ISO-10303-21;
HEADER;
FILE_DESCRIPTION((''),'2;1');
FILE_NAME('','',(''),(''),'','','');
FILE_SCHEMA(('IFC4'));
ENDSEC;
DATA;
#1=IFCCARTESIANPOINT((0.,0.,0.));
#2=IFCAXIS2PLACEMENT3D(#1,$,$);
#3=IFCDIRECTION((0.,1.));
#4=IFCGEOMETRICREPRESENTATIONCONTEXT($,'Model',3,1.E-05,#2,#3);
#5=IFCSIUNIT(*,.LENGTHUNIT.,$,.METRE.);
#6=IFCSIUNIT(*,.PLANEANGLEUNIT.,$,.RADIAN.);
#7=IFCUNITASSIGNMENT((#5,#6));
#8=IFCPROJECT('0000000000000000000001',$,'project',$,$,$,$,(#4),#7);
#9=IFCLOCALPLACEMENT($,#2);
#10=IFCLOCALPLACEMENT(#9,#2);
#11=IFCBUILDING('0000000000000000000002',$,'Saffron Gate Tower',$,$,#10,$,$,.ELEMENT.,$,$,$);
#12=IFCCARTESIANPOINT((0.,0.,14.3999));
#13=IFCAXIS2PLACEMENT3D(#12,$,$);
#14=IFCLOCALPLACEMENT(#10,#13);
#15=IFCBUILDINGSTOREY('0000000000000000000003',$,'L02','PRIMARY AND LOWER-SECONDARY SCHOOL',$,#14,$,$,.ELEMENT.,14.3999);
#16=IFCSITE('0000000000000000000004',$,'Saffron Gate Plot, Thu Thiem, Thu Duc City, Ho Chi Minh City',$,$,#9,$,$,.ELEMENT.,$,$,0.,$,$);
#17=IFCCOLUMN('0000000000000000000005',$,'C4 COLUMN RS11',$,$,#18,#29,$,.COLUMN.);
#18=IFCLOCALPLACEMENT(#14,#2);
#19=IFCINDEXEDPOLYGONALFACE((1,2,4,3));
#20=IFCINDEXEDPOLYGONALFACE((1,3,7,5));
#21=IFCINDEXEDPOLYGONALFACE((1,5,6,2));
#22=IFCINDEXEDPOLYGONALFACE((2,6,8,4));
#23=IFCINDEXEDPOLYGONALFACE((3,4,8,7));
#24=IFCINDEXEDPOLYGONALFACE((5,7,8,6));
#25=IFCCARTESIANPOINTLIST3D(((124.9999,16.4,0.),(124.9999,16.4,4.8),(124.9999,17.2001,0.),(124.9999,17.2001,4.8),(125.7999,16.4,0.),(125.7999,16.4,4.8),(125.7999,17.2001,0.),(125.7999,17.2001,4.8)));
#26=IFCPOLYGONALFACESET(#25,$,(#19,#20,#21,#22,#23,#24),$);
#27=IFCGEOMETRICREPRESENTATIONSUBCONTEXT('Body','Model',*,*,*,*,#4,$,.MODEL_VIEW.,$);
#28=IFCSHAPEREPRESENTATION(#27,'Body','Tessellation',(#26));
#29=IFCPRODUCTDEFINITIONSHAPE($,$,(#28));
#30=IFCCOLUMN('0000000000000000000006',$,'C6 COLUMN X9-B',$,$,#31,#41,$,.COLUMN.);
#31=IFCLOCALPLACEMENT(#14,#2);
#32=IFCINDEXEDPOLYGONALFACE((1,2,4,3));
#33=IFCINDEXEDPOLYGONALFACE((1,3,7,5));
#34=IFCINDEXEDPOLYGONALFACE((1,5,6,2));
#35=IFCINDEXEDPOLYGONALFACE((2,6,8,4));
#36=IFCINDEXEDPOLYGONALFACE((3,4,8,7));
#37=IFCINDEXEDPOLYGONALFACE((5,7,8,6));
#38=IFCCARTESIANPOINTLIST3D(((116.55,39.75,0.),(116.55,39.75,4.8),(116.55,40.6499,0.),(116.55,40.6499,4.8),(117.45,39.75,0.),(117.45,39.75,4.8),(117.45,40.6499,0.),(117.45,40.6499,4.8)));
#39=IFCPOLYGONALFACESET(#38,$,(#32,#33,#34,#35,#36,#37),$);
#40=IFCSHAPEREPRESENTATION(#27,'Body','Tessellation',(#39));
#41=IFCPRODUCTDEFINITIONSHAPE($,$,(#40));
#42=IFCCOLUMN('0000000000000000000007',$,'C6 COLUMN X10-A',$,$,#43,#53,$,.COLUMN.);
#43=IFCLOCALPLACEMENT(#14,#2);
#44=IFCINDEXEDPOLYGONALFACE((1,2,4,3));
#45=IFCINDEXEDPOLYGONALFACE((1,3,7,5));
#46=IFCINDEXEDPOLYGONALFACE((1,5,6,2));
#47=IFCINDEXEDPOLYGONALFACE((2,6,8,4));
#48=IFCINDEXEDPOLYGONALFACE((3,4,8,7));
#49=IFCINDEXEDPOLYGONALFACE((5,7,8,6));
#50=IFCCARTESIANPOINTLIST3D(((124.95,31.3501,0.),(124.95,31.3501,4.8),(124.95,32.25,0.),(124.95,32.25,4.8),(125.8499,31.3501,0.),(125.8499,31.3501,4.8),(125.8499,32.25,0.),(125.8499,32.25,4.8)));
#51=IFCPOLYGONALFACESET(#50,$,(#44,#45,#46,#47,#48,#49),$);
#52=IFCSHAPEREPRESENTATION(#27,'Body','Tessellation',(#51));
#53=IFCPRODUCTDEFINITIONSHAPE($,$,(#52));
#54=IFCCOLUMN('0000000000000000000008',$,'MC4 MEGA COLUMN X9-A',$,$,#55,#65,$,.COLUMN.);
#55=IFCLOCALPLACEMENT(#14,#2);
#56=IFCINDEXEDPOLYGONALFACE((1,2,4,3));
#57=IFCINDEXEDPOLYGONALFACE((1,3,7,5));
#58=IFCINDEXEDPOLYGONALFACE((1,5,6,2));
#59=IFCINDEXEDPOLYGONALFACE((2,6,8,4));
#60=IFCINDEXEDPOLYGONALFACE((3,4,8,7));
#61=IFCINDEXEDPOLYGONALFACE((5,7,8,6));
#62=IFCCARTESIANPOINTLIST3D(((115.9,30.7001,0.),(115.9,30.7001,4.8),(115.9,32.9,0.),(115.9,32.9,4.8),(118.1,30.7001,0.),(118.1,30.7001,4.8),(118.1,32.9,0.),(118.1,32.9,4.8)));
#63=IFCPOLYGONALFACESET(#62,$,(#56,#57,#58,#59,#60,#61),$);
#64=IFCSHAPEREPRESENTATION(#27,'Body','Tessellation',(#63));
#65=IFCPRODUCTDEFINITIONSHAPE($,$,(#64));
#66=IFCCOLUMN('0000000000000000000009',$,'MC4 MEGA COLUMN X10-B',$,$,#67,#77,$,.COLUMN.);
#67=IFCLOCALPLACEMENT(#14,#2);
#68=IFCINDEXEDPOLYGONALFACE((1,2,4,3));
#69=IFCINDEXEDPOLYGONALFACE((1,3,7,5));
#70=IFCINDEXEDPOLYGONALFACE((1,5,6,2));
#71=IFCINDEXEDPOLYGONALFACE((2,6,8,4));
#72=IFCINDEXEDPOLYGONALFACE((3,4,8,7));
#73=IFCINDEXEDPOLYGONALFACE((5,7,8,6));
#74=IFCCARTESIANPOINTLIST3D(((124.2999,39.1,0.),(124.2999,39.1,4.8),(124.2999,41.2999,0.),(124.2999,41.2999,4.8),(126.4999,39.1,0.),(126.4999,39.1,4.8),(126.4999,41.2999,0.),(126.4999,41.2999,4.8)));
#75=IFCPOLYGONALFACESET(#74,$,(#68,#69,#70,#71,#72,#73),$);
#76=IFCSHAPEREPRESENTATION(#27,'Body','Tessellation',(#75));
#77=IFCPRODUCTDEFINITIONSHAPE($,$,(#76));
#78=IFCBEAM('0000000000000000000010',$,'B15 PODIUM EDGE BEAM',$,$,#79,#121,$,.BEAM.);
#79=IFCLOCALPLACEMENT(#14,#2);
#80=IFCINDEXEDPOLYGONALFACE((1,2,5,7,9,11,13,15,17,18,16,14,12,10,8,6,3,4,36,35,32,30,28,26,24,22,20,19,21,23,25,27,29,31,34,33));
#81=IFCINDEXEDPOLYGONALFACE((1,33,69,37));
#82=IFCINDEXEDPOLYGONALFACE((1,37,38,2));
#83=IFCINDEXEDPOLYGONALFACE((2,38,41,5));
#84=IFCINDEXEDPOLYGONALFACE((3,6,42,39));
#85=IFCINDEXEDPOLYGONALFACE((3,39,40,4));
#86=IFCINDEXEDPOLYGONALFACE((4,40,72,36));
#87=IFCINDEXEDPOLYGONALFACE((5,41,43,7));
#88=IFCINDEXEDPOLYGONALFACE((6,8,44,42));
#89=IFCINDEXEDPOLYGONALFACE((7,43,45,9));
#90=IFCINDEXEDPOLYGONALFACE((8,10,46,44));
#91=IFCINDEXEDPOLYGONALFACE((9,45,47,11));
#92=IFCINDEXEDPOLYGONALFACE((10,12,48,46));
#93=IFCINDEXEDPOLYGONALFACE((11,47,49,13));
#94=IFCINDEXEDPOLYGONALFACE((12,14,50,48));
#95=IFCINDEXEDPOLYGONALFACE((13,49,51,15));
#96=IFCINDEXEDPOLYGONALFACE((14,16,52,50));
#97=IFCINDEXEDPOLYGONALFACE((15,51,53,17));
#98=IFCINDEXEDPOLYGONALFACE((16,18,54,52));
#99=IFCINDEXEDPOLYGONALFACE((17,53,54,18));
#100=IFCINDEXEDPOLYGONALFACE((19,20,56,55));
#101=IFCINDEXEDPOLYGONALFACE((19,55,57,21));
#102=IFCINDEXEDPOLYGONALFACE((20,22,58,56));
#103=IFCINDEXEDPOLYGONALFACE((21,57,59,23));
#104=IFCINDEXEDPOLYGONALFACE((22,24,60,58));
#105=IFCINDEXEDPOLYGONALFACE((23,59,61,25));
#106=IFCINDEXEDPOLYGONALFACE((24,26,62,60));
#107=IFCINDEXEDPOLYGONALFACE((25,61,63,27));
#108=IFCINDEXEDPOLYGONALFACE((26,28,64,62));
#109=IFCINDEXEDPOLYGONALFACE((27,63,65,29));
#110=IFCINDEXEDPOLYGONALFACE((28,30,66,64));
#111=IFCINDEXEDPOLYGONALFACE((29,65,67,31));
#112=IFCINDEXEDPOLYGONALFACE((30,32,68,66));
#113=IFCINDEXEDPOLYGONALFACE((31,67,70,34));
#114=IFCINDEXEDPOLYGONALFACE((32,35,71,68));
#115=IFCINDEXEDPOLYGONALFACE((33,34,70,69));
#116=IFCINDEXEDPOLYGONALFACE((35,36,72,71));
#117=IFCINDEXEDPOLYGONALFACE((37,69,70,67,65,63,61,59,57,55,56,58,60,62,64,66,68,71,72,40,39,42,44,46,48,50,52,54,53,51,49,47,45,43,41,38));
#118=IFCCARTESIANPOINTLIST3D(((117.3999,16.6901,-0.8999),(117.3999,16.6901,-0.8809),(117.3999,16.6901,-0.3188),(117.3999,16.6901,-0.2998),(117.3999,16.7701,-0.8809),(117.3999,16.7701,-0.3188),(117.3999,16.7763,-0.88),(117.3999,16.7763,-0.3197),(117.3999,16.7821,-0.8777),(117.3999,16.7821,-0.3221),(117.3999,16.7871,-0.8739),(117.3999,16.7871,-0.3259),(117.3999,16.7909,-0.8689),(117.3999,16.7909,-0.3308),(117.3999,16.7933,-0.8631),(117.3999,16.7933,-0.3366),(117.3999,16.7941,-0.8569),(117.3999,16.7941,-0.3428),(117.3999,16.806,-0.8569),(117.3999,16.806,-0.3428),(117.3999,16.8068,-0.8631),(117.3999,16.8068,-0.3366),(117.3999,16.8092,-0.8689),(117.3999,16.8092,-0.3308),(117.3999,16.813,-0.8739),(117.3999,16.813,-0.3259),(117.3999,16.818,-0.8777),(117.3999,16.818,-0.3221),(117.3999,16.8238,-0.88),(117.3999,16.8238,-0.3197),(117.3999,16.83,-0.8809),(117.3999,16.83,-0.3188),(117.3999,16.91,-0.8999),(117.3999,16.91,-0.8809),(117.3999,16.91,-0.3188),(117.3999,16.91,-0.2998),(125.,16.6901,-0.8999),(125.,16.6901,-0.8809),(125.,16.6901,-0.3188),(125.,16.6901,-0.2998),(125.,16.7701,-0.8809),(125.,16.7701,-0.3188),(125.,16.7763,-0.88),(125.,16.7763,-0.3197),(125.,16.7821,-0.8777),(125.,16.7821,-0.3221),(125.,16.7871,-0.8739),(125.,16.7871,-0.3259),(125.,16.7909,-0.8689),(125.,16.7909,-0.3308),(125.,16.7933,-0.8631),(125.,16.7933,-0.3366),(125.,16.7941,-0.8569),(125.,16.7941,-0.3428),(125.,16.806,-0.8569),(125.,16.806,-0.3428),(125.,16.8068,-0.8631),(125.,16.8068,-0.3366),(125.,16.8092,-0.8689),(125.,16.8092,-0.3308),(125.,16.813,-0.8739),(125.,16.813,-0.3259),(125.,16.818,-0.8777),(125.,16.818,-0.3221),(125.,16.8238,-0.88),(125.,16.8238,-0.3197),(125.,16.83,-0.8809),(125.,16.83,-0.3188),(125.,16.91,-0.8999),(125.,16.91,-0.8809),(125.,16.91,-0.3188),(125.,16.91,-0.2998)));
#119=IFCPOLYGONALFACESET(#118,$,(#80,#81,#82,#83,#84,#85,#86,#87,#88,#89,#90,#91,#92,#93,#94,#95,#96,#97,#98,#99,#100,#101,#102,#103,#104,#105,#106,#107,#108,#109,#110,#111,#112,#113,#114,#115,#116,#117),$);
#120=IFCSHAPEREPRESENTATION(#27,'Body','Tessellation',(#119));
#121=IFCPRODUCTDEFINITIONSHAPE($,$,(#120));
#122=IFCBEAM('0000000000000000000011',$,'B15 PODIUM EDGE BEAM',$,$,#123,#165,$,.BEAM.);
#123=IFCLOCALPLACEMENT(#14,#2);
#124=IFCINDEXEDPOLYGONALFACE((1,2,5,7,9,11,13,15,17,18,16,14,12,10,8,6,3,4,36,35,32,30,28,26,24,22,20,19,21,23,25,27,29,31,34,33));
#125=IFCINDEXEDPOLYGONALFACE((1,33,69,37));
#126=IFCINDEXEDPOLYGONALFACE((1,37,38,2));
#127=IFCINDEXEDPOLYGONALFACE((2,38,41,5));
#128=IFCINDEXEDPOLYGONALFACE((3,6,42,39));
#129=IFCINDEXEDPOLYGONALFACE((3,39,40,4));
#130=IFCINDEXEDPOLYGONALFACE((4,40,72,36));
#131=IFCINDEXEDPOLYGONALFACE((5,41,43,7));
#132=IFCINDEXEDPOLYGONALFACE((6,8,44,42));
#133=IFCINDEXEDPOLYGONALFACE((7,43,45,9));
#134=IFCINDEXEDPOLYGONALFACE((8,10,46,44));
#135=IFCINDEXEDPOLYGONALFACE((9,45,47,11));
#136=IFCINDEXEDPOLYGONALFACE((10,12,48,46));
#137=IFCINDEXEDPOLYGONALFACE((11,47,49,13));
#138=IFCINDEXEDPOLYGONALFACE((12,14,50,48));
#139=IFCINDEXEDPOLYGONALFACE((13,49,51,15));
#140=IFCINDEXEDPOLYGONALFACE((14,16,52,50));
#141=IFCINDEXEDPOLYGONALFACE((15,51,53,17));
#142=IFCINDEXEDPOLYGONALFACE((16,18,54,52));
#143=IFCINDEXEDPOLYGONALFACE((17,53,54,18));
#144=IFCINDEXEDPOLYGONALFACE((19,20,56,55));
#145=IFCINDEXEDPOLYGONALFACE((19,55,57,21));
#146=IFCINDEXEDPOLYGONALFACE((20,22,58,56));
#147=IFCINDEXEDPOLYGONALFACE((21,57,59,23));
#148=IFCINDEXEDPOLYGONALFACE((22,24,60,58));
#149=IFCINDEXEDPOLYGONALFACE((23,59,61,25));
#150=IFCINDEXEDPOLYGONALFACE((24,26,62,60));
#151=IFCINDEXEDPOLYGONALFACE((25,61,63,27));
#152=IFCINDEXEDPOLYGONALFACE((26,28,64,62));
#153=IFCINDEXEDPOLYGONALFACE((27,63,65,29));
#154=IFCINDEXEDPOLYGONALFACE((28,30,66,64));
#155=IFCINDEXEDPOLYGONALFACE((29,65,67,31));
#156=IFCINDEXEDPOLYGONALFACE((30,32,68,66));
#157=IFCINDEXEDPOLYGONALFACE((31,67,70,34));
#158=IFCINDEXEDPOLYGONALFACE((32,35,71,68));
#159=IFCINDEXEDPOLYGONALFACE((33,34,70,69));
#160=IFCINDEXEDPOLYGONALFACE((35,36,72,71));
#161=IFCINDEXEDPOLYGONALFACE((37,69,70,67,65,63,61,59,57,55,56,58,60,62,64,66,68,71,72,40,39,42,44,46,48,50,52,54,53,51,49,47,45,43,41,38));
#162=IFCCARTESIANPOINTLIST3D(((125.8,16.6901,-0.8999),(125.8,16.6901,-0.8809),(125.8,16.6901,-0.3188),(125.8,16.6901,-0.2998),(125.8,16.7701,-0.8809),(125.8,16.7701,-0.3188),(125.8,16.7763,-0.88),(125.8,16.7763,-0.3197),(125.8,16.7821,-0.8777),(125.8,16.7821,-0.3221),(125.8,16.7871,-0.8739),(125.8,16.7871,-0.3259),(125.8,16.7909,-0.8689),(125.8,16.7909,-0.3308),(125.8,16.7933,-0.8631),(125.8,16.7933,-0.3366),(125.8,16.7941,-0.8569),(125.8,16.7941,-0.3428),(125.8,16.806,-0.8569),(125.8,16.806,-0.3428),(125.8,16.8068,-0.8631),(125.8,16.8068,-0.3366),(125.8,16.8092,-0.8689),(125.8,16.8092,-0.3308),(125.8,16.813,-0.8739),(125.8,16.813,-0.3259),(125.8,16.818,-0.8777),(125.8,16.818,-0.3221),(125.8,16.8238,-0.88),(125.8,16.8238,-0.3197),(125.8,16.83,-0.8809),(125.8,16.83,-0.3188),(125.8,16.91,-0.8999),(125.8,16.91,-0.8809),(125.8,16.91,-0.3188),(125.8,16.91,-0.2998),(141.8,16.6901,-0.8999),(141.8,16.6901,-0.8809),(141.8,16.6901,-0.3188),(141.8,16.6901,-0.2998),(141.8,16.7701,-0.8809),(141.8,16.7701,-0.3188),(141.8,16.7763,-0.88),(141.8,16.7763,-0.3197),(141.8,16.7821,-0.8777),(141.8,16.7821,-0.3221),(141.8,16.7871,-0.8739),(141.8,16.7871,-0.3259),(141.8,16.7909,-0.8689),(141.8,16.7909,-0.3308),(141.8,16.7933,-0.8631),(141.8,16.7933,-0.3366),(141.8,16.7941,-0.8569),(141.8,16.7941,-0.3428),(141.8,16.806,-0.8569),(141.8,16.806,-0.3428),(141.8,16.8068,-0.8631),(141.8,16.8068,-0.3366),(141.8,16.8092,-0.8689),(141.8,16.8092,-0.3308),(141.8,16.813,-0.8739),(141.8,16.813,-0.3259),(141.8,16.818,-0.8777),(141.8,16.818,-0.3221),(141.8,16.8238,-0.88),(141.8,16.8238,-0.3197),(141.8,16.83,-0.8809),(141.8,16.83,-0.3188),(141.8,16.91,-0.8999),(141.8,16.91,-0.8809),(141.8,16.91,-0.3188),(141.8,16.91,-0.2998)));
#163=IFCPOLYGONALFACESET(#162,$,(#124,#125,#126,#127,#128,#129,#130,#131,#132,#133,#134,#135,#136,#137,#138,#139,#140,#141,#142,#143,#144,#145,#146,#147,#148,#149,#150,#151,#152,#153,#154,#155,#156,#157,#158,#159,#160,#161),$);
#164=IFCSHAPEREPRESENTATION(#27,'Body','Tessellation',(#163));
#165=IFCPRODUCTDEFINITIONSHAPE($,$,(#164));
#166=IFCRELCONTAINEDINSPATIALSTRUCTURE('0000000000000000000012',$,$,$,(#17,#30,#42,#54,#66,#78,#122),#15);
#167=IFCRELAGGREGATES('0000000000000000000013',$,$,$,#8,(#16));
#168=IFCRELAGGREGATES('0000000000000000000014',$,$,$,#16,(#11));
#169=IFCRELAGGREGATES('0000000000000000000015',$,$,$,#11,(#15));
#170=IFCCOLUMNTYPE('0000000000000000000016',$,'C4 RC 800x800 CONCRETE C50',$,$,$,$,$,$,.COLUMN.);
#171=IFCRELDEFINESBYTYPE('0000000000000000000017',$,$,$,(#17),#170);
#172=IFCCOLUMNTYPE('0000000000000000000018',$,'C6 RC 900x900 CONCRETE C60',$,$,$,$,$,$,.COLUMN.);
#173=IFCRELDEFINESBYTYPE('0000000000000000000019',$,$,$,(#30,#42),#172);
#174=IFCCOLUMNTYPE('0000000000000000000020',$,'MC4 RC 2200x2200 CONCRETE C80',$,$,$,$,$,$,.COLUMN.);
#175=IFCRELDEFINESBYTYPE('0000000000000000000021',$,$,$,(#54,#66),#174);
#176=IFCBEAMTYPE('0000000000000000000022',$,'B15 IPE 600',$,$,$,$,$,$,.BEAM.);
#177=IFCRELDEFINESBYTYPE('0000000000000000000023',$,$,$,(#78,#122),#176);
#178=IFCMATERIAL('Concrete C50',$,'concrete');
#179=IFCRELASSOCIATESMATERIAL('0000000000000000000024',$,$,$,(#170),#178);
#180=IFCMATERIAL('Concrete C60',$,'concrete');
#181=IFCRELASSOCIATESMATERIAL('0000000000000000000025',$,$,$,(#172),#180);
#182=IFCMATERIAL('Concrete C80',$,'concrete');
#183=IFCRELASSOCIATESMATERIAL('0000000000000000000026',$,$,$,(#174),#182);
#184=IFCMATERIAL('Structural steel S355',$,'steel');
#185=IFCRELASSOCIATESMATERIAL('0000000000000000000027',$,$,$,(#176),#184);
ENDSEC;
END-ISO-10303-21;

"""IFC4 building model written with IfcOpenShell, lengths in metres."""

from ifc_helpers import new_model, si_unit, direction, frame, origin, origin_2d, place, context, subcontext, project, spatial, rectangle, i_section, extrude, material, material_profile, profile_set, type_object, element, save


model = new_model("IFC4")

# Units and contexts
model_context = context("Model", 3, precision=1e-05, world=origin(), true_north=direction((0.0, 1.0)))
body_context = subcontext(model_context, "Body", "Model", "MODEL_VIEW")
ifc_project = project(units=[si_unit("LENGTHUNIT", "METRE"), si_unit("PLANEANGLEUNIT", "RADIAN")], contexts=[model_context])

# Site, building, storey
site_placement = place(None, origin())
site = spatial("IfcSite", under=ifc_project, at=site_placement, Name="Saffron Gate Plot, Thu Thiem, Thu Duc City, Ho Chi Minh City", CompositionType="ELEMENT", RefElevation=0.0)
building_placement = place(site_placement, origin())
building = spatial("IfcBuilding", under=site, at=building_placement, Name="Saffron Gate Tower", CompositionType="ELEMENT")
storey_placement = place(building_placement, frame((0.0, 0.0, 14.3999)))
storey = spatial("IfcBuildingStorey", under=building, at=storey_placement, Name="L02", Description="PRIMARY AND LOWER-SECONDARY SCHOOL", CompositionType="ELEMENT", Elevation=14.3999)

# Columns
ifc_material_1 = material(Name="Concrete C50", Category="concrete")
ifc_material_profile_1 = material_profile(ifc_material_1, rectangle(XDim=0.8, YDim=0.8, at=origin_2d()))
ifc_profile_set_1 = profile_set([ifc_material_profile_1], Name="Concrete C50")
column_type_1 = type_object("IfcColumnType", Name="C4 RC 800x800 CONCRETE C50", PredefinedType="COLUMN", material=ifc_profile_set_1)
column_placement = place(storey_placement, frame((125.3999, 16.8, 0.0), z_axis=(0.0, 0.0, 1.0), x_axis=(1.0, 0.0, 0.0)))
element("IfcColumn", 1, at=column_placement, inside=storey, type_object=column_type_1, Name="C4 COLUMN RS11", PredefinedType="COLUMN", context=body_context, shape_type="SweptSolid", body=[
    extrude(rectangle(XDim=0.8, YDim=0.8, at=origin_2d()), origin(), (0.0, 0.0, 1.0), 4.8),
])
ifc_material_2 = material(Name="Concrete C60", Category="concrete")
ifc_material_profile_2 = material_profile(ifc_material_2, rectangle(XDim=0.8999, YDim=0.8999, at=origin_2d()))
ifc_profile_set_2 = profile_set([ifc_material_profile_2], Name="Concrete C60")
column_type_2 = type_object("IfcColumnType", Name="C6 RC 900x900 CONCRETE C60", PredefinedType="COLUMN", material=ifc_profile_set_2)
for number, where, z_axis, x_axis, name in (
    (2, (117.0, 40.2, 0.0), (0.0, 0.0, 1.0), (1.0, 0.0, 0.0), "C6 COLUMN X9-B"),
    (3, (125.3999, 31.8, 0.0), (0.0, 0.0, 1.0), (1.0, 0.0, 0.0), "C6 COLUMN X10-A"),
):
    element("IfcColumn", number, at=place(storey_placement, frame(where, z_axis=z_axis, x_axis=x_axis)), inside=storey, type_object=column_type_2, Name=name, PredefinedType="COLUMN", context=body_context, shape_type="SweptSolid", body=[
        extrude(rectangle(XDim=0.8999, YDim=0.8999, at=origin_2d()), origin(), (0.0, 0.0, 1.0), 4.8),
    ])
ifc_material_3 = material(Name="Concrete C80", Category="concrete")
ifc_material_profile_3 = material_profile(ifc_material_3, rectangle(XDim=2.2, YDim=2.2, at=origin_2d()))
ifc_profile_set_3 = profile_set([ifc_material_profile_3], Name="Concrete C80")
column_type_3 = type_object("IfcColumnType", Name="MC4 RC 2200x2200 CONCRETE C80", PredefinedType="COLUMN", material=ifc_profile_set_3)
for number, where, z_axis, x_axis, name in (
    (4, (117.0, 31.8, 0.0), (0.0, 0.0, 1.0), (1.0, 0.0, 0.0), "MC4 MEGA COLUMN X9-A"),
    (5, (125.3999, 40.2, 0.0), (0.0, 0.0, 1.0), (1.0, 0.0, 0.0), "MC4 MEGA COLUMN X10-B"),
):
    element("IfcColumn", number, at=place(storey_placement, frame(where, z_axis=z_axis, x_axis=x_axis)), inside=storey, type_object=column_type_3, Name=name, PredefinedType="COLUMN", context=body_context, shape_type="SweptSolid", body=[
        extrude(rectangle(XDim=2.2, YDim=2.2, at=origin_2d()), origin(), (0.0, 0.0, 1.0), 4.8),
    ])

# Beams
ifc_material_4 = material(Name="Structural steel S355", Category="steel")
ifc_material_profile_4 = material_profile(ifc_material_4, i_section(OverallWidth=0.22, OverallDepth=0.6001, WebThickness=0.012, FlangeThickness=0.019, FilletRadius=0.0239, at=origin_2d()))
ifc_profile_set_4 = profile_set([ifc_material_profile_4], Name="Structural steel S355")
beam_type_1 = type_object("IfcBeamType", Name="B15 IPE 600", PredefinedType="BEAM", material=ifc_profile_set_4)
beam_1_placement = place(storey_placement, frame((117.3999, 16.8, -0.5999), z_axis=(1.0, 0.0, 0.0), x_axis=(0.0, 1.0, 0.0)))
element("IfcBeam", 6, at=beam_1_placement, inside=storey, type_object=beam_type_1, Name="B15 PODIUM EDGE BEAM", PredefinedType="BEAM", context=body_context, shape_type="SweptSolid", body=[
    extrude(i_section(OverallWidth=0.22, OverallDepth=0.6001, WebThickness=0.012, FlangeThickness=0.019, FilletRadius=0.0239, at=origin_2d()), origin(), (0.0, 0.0, 1.0), 7.6001),
])
beam_2_placement = place(storey_placement, frame((125.8, 16.8, -0.5999), z_axis=(1.0, 0.0, 0.0), x_axis=(0.0, 1.0, 0.0)))
element("IfcBeam", 7, at=beam_2_placement, inside=storey, type_object=beam_type_1, Name="B15 PODIUM EDGE BEAM", PredefinedType="BEAM", context=body_context, shape_type="SweptSolid", body=[
    extrude(i_section(OverallWidth=0.22, OverallDepth=0.6001, WebThickness=0.012, FlangeThickness=0.019, FilletRadius=0.0239, at=origin_2d()), origin(), (0.0, 0.0, 1.0), 16.0),
])

save(model, "model.ifc")
